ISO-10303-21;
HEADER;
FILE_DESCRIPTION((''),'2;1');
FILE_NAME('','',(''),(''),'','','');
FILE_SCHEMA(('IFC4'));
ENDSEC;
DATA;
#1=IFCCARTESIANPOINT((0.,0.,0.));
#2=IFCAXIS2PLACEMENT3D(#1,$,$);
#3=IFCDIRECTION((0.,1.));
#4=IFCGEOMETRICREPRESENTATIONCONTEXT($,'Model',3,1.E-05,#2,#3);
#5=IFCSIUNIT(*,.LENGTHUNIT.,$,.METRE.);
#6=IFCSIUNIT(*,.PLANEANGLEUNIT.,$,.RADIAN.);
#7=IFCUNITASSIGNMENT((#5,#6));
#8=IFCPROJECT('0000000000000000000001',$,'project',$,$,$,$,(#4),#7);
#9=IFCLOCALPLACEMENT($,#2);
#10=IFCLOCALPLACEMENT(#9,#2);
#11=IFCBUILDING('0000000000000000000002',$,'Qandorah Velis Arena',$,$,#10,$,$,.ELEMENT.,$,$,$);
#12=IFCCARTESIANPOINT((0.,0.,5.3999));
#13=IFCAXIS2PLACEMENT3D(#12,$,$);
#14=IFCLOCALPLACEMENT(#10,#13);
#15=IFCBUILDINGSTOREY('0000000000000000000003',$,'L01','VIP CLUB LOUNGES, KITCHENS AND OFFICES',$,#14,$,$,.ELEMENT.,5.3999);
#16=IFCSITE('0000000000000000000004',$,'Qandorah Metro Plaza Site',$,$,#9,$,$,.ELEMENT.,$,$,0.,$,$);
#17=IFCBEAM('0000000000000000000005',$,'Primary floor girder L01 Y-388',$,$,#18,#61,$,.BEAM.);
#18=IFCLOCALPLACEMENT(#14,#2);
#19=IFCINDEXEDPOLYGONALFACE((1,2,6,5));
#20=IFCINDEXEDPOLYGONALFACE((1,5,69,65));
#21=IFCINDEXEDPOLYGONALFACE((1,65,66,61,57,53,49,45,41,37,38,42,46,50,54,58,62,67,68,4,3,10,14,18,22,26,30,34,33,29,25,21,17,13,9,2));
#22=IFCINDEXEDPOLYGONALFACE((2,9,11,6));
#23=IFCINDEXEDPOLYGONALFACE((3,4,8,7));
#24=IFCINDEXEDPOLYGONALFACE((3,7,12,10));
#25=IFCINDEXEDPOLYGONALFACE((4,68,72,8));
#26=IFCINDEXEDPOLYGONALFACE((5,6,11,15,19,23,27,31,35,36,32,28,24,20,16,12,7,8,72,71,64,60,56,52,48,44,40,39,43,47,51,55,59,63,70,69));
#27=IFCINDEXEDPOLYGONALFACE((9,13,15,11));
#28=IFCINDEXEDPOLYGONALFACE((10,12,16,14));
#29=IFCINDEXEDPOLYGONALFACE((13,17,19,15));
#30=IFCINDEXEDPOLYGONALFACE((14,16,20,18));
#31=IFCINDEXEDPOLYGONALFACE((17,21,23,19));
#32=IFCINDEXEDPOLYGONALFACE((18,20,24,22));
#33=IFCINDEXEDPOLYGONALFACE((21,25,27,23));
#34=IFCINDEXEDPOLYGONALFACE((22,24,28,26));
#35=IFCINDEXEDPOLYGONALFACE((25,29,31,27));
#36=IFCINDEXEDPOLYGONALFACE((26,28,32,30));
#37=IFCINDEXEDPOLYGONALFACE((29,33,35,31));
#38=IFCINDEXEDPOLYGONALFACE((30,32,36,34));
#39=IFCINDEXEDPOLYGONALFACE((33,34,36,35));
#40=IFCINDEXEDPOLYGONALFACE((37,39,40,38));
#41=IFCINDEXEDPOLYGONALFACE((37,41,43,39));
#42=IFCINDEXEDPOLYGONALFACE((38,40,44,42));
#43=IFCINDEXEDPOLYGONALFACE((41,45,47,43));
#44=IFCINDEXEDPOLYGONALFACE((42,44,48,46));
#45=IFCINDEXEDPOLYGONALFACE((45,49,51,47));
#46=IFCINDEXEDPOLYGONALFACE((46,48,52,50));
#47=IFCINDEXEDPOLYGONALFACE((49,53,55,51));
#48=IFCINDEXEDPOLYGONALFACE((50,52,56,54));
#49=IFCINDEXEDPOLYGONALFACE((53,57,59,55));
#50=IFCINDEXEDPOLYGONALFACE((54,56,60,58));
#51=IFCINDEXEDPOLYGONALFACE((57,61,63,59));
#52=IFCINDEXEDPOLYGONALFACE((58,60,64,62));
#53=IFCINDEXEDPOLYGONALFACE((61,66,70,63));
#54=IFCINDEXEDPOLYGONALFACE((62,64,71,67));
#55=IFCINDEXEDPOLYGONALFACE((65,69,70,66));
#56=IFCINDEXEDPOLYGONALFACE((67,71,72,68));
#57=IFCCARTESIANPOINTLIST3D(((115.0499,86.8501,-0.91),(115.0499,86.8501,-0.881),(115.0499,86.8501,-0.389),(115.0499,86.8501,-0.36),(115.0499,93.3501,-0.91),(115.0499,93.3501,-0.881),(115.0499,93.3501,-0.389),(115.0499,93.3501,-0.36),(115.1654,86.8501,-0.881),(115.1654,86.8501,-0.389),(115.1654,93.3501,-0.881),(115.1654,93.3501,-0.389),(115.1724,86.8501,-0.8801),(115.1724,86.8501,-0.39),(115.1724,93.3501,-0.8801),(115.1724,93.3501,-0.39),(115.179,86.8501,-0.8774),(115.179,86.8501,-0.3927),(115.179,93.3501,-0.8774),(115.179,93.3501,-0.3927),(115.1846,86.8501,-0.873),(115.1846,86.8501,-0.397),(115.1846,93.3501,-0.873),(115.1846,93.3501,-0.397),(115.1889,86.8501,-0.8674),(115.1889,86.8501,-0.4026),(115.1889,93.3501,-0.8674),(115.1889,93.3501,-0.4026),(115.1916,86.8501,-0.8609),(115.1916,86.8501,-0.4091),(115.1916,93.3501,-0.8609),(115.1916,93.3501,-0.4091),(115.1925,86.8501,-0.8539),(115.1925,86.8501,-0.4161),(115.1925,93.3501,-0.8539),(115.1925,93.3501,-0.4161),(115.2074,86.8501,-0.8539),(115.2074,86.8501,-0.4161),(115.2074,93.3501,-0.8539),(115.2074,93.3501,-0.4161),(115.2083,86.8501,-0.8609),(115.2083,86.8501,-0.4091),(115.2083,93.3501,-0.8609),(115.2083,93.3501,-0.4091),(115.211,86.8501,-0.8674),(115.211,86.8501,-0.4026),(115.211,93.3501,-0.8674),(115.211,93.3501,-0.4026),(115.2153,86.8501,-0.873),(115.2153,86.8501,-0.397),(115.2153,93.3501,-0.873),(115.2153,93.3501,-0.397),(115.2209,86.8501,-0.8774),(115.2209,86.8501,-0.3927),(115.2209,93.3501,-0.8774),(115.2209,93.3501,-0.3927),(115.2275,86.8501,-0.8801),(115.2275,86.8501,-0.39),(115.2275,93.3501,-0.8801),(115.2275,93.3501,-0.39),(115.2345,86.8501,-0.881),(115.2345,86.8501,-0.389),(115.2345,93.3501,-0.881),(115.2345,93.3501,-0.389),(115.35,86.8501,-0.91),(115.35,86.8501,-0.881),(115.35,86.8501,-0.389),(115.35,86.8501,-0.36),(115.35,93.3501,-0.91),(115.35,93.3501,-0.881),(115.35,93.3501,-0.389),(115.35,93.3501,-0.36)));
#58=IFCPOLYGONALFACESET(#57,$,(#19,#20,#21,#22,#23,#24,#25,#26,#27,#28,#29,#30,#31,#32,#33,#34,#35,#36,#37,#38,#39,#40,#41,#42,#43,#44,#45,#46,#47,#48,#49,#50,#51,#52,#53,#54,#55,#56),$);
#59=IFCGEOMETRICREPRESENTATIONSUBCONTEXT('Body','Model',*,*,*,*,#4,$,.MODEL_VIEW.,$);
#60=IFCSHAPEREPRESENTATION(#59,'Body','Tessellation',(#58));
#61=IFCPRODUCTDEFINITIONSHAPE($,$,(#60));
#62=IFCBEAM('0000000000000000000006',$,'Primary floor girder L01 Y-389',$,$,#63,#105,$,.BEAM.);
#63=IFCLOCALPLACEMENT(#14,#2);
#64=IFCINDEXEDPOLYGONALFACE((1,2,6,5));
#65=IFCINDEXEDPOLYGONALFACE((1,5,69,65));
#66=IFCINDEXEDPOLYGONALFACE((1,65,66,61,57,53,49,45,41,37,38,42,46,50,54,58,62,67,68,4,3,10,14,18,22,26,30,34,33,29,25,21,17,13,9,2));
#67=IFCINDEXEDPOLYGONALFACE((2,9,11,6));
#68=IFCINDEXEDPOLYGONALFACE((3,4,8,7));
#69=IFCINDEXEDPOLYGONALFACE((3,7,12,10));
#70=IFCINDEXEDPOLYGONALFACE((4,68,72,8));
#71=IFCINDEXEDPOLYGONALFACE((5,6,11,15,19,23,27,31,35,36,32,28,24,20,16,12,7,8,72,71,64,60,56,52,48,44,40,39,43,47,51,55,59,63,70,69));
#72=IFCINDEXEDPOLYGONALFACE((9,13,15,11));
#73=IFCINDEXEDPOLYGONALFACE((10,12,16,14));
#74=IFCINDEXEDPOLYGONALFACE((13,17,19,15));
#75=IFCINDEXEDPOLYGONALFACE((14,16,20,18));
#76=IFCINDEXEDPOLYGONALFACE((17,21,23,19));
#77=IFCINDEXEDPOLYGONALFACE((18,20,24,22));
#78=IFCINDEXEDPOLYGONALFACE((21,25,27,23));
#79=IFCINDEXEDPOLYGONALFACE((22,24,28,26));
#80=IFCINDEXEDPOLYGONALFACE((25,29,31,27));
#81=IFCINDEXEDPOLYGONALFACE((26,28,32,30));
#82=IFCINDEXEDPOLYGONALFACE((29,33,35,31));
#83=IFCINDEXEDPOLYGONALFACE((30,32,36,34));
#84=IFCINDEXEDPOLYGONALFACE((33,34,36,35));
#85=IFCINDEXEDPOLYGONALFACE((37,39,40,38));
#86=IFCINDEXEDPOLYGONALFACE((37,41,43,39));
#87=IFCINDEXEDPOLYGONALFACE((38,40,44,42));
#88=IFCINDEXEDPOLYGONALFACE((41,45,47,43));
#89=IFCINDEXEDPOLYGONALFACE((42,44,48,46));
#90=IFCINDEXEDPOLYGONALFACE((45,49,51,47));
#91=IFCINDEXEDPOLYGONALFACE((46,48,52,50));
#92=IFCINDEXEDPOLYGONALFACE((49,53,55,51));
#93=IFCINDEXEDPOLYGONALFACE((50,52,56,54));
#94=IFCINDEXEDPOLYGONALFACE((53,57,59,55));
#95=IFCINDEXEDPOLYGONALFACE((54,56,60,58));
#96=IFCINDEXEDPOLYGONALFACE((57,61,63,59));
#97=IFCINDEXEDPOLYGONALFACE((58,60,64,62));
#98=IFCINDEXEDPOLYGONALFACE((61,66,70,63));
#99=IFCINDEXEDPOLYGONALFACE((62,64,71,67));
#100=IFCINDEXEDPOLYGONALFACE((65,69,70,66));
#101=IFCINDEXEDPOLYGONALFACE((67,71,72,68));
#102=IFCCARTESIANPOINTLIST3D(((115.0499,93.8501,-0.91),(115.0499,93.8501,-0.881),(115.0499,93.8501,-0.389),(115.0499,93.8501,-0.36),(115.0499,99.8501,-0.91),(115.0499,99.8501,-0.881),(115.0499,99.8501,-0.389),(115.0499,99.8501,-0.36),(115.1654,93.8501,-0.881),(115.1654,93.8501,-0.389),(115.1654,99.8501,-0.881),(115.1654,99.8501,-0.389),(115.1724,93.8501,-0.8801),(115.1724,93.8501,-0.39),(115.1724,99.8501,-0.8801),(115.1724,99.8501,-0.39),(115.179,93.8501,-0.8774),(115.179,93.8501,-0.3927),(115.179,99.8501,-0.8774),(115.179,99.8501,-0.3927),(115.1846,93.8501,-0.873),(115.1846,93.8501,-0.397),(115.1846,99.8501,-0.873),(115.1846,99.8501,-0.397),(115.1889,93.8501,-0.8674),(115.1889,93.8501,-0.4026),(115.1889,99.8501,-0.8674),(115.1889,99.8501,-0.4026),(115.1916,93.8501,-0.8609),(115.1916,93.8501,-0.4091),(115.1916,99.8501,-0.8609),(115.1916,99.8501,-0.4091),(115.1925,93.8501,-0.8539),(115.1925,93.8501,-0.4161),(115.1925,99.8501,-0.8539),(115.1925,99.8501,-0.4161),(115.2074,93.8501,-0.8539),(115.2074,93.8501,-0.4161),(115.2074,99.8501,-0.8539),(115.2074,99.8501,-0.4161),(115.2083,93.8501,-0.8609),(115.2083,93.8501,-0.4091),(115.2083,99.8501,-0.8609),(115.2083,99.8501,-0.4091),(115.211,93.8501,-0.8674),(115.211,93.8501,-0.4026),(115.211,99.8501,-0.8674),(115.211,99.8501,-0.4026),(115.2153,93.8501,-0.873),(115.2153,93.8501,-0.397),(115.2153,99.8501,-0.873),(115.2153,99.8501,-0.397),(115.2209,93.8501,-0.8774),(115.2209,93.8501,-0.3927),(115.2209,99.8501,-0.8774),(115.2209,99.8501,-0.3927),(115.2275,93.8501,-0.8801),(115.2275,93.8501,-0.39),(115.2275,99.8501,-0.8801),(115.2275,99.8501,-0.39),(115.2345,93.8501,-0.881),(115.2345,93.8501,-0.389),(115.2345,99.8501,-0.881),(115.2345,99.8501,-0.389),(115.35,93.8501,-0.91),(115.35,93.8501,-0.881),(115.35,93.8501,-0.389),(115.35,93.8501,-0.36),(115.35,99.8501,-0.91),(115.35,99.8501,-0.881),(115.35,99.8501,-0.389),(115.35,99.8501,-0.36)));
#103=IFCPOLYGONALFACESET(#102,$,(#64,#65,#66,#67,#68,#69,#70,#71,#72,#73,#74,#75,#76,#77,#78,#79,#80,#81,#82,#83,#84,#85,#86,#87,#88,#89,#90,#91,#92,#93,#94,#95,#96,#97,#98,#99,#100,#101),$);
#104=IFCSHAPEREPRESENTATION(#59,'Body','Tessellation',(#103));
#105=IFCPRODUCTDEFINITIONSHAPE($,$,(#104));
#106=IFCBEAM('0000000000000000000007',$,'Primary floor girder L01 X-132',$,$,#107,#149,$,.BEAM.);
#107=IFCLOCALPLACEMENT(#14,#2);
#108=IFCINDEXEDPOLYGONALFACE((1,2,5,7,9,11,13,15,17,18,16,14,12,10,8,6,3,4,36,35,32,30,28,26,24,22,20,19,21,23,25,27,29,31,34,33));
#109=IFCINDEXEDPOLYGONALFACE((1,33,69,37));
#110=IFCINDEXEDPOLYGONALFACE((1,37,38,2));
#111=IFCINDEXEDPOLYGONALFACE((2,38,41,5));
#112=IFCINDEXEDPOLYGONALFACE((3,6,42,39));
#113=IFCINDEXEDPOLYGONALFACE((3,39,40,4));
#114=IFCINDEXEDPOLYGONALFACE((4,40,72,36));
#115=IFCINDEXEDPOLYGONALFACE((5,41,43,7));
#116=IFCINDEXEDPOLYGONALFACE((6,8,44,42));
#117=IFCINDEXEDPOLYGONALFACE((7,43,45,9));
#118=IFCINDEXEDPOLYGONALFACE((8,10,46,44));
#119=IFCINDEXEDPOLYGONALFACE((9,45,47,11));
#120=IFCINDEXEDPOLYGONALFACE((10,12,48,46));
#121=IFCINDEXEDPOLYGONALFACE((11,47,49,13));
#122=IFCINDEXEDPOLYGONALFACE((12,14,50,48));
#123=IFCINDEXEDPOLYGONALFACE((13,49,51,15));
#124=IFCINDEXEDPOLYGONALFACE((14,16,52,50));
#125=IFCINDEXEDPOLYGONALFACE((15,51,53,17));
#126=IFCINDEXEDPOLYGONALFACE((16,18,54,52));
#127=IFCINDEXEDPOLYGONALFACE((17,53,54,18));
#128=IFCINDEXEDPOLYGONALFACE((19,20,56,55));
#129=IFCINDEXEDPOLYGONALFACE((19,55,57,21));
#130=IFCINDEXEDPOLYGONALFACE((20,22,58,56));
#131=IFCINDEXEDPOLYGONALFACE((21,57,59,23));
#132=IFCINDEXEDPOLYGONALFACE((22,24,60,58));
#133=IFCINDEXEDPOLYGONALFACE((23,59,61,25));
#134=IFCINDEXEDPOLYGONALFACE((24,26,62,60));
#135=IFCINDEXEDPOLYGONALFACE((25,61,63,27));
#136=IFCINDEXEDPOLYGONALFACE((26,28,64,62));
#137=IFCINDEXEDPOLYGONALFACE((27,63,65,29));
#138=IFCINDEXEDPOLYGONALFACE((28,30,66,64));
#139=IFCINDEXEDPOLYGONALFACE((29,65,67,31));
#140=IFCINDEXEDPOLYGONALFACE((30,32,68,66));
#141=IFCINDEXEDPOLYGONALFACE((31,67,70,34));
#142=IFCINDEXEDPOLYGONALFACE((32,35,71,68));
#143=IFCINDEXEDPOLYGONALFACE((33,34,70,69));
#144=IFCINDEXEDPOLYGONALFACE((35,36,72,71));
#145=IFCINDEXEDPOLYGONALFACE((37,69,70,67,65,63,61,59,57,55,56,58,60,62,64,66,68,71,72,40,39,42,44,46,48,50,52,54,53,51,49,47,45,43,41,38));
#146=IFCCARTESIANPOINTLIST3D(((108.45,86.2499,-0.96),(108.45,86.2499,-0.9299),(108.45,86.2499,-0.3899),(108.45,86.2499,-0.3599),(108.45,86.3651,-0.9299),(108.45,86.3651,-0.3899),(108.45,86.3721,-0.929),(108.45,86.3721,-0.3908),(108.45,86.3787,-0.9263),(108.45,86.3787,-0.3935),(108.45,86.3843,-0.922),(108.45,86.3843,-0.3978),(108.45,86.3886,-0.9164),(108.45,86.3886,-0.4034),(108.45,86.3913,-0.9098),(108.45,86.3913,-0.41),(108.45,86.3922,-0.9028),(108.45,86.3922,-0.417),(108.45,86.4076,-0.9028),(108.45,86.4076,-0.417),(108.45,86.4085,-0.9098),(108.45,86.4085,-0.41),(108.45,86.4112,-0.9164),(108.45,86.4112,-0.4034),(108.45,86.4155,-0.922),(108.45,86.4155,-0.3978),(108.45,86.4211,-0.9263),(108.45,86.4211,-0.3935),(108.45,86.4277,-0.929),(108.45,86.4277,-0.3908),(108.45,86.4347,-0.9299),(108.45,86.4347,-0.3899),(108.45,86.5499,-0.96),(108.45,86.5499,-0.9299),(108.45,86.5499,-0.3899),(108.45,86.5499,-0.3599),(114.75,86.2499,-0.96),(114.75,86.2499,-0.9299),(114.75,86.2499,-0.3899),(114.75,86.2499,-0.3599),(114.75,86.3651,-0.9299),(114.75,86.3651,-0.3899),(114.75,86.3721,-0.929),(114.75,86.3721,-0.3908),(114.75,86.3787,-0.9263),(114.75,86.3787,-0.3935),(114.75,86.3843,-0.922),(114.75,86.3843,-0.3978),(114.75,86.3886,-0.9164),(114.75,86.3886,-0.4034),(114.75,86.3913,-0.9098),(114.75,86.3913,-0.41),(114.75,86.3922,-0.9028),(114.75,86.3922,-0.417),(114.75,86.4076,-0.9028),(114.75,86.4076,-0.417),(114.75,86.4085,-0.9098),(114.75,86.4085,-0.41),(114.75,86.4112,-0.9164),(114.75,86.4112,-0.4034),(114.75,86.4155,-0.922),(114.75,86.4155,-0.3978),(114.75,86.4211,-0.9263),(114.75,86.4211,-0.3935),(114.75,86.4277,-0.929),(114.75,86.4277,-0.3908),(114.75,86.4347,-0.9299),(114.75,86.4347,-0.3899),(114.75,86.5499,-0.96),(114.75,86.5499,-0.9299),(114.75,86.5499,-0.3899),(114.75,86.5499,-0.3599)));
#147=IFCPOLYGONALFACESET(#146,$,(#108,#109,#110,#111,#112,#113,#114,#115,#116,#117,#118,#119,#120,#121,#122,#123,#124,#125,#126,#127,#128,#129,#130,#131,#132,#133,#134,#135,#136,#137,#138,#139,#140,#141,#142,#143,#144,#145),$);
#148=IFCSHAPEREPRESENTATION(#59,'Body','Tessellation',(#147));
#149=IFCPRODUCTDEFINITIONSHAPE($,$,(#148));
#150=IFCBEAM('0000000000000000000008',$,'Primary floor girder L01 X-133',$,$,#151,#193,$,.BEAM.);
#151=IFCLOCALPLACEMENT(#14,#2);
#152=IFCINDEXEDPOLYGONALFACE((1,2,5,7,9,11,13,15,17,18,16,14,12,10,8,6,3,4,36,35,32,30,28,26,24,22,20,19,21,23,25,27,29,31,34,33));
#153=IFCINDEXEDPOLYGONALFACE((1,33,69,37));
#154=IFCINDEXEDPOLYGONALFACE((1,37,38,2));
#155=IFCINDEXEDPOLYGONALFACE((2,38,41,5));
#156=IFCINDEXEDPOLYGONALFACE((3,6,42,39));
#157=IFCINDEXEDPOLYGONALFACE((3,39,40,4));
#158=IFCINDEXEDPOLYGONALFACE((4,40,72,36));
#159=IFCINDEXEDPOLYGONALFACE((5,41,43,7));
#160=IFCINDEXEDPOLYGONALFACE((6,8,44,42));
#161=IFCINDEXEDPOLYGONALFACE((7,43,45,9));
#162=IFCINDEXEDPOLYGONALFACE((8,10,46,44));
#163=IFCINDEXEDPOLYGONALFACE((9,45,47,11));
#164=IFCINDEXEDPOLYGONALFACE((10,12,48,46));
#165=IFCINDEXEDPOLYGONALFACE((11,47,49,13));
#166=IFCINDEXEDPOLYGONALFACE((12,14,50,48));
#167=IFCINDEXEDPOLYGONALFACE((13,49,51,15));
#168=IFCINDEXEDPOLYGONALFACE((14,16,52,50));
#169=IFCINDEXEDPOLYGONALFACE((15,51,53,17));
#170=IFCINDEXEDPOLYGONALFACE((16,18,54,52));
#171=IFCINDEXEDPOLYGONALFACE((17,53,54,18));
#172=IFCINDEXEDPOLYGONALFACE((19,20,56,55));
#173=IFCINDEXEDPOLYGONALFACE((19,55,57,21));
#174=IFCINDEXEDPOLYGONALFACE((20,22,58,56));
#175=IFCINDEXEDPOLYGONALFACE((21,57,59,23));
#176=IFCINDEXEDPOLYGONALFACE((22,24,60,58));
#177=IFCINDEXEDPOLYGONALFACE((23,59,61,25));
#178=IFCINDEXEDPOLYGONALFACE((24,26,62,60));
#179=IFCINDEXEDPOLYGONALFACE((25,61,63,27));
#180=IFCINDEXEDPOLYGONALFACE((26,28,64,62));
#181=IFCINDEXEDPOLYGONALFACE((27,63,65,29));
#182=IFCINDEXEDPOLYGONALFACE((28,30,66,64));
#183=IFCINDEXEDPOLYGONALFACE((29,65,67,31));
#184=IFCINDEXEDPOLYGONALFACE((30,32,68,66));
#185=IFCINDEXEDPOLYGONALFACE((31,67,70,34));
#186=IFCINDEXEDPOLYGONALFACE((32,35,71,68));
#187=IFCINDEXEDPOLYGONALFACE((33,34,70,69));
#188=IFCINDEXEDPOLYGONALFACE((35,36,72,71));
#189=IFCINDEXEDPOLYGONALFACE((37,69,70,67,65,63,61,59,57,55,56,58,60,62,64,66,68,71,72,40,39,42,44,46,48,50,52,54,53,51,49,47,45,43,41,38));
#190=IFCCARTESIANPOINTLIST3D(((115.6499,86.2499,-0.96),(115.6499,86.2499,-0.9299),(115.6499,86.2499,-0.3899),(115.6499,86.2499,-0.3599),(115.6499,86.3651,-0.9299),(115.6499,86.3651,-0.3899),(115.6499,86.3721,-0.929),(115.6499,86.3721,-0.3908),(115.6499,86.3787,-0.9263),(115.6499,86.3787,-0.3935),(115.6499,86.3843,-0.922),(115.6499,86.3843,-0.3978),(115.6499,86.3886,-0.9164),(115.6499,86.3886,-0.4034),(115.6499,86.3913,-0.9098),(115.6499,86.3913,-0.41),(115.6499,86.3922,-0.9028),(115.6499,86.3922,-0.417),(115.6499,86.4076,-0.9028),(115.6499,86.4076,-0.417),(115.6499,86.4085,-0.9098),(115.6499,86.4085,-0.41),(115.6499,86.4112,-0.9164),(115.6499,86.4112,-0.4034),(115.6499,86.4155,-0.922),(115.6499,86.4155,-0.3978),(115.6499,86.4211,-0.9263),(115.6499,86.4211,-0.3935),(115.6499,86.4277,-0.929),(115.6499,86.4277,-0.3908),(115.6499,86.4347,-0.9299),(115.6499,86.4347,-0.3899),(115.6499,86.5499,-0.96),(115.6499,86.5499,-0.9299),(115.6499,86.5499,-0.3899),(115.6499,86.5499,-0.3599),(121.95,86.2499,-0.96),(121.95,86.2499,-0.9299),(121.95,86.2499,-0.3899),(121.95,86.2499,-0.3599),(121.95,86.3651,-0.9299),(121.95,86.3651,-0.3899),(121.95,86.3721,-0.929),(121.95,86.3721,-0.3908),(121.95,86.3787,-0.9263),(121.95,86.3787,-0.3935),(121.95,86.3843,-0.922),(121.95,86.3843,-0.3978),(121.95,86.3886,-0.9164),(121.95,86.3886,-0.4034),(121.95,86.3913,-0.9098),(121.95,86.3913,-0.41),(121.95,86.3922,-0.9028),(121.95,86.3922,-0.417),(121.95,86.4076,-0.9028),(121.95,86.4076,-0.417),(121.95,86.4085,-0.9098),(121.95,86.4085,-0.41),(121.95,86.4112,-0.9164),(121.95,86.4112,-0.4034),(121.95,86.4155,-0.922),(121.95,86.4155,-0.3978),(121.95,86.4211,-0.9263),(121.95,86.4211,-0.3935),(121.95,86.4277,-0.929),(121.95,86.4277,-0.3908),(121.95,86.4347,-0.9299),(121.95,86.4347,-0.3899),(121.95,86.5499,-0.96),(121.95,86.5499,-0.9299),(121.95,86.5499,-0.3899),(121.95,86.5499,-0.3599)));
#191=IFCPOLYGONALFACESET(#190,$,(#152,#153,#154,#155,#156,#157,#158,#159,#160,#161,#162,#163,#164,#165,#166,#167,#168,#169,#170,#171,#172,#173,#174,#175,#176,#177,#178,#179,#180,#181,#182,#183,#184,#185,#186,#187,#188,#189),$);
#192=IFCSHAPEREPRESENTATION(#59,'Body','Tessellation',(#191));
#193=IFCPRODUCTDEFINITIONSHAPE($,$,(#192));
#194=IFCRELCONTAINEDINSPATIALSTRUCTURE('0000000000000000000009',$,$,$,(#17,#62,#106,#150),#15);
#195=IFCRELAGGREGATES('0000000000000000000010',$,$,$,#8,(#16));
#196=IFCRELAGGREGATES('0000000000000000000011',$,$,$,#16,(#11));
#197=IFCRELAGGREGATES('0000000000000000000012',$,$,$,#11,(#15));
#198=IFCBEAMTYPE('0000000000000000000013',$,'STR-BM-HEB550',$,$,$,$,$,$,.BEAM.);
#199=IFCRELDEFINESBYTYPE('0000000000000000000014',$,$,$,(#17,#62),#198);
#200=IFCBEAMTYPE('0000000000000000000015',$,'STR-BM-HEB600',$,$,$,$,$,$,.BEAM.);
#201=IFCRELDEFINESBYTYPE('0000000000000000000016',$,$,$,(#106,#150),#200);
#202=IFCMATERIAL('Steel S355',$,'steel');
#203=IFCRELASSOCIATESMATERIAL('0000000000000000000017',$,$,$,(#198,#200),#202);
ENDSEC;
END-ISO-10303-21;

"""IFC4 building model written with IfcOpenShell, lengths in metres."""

from ifc_helpers import new_model, si_unit, direction, frame, origin, origin_2d, place, context, subcontext, project, spatial, i_section, extrude, material, material_profile, profile_set, type_object, element, save


model = new_model("IFC4")

# Units and contexts
model_context = context("Model", 3, precision=1e-05, world=origin(), true_north=direction((0.0, 1.0)))
body_context = subcontext(model_context, "Body", "Model", "MODEL_VIEW")
ifc_project = project(units=[si_unit("LENGTHUNIT", "METRE"), si_unit("PLANEANGLEUNIT", "RADIAN")], contexts=[model_context])

# Site, building, storey
site_placement = place(None, origin())
site = spatial("IfcSite", under=ifc_project, at=site_placement, Name="Qandorah Metro Plaza Site", CompositionType="ELEMENT", RefElevation=0.0)
building_placement = place(site_placement, origin())
building = spatial("IfcBuilding", under=site, at=building_placement, Name="Qandorah Velis Arena", CompositionType="ELEMENT")
storey_placement = place(building_placement, frame((0.0, 0.0, 5.3999)))
storey = spatial("IfcBuildingStorey", under=building, at=storey_placement, Name="L01", Description="VIP CLUB LOUNGES, KITCHENS AND OFFICES", CompositionType="ELEMENT", Elevation=5.3999)

# Beams
ifc_material_1 = material(Name="Steel S355", Category="steel")
ifc_material_profile_1 = material_profile(ifc_material_1, i_section(OverallWidth=0.3, OverallDepth=0.55, WebThickness=0.0149, FlangeThickness=0.0291, FilletRadius=0.0271, at=origin_2d()), Name="HEB 550")
ifc_profile_set_1 = profile_set([ifc_material_profile_1], Name="Steel S355")
beam_type_1 = type_object("IfcBeamType", Name="STR-BM-HEB550", PredefinedType="BEAM", material=ifc_profile_set_1)
beam_1_placement = place(storey_placement, frame((115.2, 86.8501, -0.635), z_axis=(0.0, 1.0, 0.0), x_axis=(-1.0, 0.0, 0.0)))
element("IfcBeam", 1, at=beam_1_placement, inside=storey, type_object=beam_type_1, Name="Primary floor girder L01 Y-388", PredefinedType="BEAM", context=body_context, shape_type="SweptSolid", body=[
    extrude(i_section(OverallWidth=0.3, OverallDepth=0.55, WebThickness=0.0149, FlangeThickness=0.0291, FilletRadius=0.0271, at=origin_2d()), origin(), (0.0, 0.0, 1.0), 6.5),
])
beam_2_placement = place(storey_placement, frame((115.2, 93.8501, -0.635), z_axis=(0.0, 1.0, 0.0), x_axis=(-1.0, 0.0, 0.0)))
element("IfcBeam", 2, at=beam_2_placement, inside=storey, type_object=beam_type_1, Name="Primary floor girder L01 Y-389", PredefinedType="BEAM", context=body_context, shape_type="SweptSolid", body=[
    extrude(i_section(OverallWidth=0.3, OverallDepth=0.55, WebThickness=0.0149, FlangeThickness=0.0291, FilletRadius=0.0271, at=origin_2d()), origin(), (0.0, 0.0, 1.0), 6.0),
])
ifc_material_profile_2 = material_profile(ifc_material_1, i_section(OverallWidth=0.3, OverallDepth=0.6001, WebThickness=0.0154, FlangeThickness=0.03, FilletRadius=0.0271, at=origin_2d()), Name="HEB 600")
ifc_profile_set_2 = profile_set([ifc_material_profile_2], Name="Steel S355")
beam_type_2 = type_object("IfcBeamType", Name="STR-BM-HEB600", PredefinedType="BEAM", material=ifc_profile_set_2)
for number, where, z_axis, x_axis, name in (
    (3, (108.45, 86.3999, -0.6599), (1.0, 0.0, 0.0), (0.0, 1.0, 0.0), "Primary floor girder L01 X-132"),
    (4, (115.6499, 86.3999, -0.6599), (1.0, 0.0, 0.0), (0.0, 1.0, 0.0), "Primary floor girder L01 X-133"),
):
    element("IfcBeam", number, at=place(storey_placement, frame(where, z_axis=z_axis, x_axis=x_axis)), inside=storey, type_object=beam_type_2, Name=name, PredefinedType="BEAM", context=body_context, shape_type="SweptSolid", body=[
        extrude(i_section(OverallWidth=0.3, OverallDepth=0.6001, WebThickness=0.0154, FlangeThickness=0.03, FilletRadius=0.0271, at=origin_2d()), origin(), (0.0, 0.0, 1.0), 6.3),
    ])

save(model, "model.ifc")
